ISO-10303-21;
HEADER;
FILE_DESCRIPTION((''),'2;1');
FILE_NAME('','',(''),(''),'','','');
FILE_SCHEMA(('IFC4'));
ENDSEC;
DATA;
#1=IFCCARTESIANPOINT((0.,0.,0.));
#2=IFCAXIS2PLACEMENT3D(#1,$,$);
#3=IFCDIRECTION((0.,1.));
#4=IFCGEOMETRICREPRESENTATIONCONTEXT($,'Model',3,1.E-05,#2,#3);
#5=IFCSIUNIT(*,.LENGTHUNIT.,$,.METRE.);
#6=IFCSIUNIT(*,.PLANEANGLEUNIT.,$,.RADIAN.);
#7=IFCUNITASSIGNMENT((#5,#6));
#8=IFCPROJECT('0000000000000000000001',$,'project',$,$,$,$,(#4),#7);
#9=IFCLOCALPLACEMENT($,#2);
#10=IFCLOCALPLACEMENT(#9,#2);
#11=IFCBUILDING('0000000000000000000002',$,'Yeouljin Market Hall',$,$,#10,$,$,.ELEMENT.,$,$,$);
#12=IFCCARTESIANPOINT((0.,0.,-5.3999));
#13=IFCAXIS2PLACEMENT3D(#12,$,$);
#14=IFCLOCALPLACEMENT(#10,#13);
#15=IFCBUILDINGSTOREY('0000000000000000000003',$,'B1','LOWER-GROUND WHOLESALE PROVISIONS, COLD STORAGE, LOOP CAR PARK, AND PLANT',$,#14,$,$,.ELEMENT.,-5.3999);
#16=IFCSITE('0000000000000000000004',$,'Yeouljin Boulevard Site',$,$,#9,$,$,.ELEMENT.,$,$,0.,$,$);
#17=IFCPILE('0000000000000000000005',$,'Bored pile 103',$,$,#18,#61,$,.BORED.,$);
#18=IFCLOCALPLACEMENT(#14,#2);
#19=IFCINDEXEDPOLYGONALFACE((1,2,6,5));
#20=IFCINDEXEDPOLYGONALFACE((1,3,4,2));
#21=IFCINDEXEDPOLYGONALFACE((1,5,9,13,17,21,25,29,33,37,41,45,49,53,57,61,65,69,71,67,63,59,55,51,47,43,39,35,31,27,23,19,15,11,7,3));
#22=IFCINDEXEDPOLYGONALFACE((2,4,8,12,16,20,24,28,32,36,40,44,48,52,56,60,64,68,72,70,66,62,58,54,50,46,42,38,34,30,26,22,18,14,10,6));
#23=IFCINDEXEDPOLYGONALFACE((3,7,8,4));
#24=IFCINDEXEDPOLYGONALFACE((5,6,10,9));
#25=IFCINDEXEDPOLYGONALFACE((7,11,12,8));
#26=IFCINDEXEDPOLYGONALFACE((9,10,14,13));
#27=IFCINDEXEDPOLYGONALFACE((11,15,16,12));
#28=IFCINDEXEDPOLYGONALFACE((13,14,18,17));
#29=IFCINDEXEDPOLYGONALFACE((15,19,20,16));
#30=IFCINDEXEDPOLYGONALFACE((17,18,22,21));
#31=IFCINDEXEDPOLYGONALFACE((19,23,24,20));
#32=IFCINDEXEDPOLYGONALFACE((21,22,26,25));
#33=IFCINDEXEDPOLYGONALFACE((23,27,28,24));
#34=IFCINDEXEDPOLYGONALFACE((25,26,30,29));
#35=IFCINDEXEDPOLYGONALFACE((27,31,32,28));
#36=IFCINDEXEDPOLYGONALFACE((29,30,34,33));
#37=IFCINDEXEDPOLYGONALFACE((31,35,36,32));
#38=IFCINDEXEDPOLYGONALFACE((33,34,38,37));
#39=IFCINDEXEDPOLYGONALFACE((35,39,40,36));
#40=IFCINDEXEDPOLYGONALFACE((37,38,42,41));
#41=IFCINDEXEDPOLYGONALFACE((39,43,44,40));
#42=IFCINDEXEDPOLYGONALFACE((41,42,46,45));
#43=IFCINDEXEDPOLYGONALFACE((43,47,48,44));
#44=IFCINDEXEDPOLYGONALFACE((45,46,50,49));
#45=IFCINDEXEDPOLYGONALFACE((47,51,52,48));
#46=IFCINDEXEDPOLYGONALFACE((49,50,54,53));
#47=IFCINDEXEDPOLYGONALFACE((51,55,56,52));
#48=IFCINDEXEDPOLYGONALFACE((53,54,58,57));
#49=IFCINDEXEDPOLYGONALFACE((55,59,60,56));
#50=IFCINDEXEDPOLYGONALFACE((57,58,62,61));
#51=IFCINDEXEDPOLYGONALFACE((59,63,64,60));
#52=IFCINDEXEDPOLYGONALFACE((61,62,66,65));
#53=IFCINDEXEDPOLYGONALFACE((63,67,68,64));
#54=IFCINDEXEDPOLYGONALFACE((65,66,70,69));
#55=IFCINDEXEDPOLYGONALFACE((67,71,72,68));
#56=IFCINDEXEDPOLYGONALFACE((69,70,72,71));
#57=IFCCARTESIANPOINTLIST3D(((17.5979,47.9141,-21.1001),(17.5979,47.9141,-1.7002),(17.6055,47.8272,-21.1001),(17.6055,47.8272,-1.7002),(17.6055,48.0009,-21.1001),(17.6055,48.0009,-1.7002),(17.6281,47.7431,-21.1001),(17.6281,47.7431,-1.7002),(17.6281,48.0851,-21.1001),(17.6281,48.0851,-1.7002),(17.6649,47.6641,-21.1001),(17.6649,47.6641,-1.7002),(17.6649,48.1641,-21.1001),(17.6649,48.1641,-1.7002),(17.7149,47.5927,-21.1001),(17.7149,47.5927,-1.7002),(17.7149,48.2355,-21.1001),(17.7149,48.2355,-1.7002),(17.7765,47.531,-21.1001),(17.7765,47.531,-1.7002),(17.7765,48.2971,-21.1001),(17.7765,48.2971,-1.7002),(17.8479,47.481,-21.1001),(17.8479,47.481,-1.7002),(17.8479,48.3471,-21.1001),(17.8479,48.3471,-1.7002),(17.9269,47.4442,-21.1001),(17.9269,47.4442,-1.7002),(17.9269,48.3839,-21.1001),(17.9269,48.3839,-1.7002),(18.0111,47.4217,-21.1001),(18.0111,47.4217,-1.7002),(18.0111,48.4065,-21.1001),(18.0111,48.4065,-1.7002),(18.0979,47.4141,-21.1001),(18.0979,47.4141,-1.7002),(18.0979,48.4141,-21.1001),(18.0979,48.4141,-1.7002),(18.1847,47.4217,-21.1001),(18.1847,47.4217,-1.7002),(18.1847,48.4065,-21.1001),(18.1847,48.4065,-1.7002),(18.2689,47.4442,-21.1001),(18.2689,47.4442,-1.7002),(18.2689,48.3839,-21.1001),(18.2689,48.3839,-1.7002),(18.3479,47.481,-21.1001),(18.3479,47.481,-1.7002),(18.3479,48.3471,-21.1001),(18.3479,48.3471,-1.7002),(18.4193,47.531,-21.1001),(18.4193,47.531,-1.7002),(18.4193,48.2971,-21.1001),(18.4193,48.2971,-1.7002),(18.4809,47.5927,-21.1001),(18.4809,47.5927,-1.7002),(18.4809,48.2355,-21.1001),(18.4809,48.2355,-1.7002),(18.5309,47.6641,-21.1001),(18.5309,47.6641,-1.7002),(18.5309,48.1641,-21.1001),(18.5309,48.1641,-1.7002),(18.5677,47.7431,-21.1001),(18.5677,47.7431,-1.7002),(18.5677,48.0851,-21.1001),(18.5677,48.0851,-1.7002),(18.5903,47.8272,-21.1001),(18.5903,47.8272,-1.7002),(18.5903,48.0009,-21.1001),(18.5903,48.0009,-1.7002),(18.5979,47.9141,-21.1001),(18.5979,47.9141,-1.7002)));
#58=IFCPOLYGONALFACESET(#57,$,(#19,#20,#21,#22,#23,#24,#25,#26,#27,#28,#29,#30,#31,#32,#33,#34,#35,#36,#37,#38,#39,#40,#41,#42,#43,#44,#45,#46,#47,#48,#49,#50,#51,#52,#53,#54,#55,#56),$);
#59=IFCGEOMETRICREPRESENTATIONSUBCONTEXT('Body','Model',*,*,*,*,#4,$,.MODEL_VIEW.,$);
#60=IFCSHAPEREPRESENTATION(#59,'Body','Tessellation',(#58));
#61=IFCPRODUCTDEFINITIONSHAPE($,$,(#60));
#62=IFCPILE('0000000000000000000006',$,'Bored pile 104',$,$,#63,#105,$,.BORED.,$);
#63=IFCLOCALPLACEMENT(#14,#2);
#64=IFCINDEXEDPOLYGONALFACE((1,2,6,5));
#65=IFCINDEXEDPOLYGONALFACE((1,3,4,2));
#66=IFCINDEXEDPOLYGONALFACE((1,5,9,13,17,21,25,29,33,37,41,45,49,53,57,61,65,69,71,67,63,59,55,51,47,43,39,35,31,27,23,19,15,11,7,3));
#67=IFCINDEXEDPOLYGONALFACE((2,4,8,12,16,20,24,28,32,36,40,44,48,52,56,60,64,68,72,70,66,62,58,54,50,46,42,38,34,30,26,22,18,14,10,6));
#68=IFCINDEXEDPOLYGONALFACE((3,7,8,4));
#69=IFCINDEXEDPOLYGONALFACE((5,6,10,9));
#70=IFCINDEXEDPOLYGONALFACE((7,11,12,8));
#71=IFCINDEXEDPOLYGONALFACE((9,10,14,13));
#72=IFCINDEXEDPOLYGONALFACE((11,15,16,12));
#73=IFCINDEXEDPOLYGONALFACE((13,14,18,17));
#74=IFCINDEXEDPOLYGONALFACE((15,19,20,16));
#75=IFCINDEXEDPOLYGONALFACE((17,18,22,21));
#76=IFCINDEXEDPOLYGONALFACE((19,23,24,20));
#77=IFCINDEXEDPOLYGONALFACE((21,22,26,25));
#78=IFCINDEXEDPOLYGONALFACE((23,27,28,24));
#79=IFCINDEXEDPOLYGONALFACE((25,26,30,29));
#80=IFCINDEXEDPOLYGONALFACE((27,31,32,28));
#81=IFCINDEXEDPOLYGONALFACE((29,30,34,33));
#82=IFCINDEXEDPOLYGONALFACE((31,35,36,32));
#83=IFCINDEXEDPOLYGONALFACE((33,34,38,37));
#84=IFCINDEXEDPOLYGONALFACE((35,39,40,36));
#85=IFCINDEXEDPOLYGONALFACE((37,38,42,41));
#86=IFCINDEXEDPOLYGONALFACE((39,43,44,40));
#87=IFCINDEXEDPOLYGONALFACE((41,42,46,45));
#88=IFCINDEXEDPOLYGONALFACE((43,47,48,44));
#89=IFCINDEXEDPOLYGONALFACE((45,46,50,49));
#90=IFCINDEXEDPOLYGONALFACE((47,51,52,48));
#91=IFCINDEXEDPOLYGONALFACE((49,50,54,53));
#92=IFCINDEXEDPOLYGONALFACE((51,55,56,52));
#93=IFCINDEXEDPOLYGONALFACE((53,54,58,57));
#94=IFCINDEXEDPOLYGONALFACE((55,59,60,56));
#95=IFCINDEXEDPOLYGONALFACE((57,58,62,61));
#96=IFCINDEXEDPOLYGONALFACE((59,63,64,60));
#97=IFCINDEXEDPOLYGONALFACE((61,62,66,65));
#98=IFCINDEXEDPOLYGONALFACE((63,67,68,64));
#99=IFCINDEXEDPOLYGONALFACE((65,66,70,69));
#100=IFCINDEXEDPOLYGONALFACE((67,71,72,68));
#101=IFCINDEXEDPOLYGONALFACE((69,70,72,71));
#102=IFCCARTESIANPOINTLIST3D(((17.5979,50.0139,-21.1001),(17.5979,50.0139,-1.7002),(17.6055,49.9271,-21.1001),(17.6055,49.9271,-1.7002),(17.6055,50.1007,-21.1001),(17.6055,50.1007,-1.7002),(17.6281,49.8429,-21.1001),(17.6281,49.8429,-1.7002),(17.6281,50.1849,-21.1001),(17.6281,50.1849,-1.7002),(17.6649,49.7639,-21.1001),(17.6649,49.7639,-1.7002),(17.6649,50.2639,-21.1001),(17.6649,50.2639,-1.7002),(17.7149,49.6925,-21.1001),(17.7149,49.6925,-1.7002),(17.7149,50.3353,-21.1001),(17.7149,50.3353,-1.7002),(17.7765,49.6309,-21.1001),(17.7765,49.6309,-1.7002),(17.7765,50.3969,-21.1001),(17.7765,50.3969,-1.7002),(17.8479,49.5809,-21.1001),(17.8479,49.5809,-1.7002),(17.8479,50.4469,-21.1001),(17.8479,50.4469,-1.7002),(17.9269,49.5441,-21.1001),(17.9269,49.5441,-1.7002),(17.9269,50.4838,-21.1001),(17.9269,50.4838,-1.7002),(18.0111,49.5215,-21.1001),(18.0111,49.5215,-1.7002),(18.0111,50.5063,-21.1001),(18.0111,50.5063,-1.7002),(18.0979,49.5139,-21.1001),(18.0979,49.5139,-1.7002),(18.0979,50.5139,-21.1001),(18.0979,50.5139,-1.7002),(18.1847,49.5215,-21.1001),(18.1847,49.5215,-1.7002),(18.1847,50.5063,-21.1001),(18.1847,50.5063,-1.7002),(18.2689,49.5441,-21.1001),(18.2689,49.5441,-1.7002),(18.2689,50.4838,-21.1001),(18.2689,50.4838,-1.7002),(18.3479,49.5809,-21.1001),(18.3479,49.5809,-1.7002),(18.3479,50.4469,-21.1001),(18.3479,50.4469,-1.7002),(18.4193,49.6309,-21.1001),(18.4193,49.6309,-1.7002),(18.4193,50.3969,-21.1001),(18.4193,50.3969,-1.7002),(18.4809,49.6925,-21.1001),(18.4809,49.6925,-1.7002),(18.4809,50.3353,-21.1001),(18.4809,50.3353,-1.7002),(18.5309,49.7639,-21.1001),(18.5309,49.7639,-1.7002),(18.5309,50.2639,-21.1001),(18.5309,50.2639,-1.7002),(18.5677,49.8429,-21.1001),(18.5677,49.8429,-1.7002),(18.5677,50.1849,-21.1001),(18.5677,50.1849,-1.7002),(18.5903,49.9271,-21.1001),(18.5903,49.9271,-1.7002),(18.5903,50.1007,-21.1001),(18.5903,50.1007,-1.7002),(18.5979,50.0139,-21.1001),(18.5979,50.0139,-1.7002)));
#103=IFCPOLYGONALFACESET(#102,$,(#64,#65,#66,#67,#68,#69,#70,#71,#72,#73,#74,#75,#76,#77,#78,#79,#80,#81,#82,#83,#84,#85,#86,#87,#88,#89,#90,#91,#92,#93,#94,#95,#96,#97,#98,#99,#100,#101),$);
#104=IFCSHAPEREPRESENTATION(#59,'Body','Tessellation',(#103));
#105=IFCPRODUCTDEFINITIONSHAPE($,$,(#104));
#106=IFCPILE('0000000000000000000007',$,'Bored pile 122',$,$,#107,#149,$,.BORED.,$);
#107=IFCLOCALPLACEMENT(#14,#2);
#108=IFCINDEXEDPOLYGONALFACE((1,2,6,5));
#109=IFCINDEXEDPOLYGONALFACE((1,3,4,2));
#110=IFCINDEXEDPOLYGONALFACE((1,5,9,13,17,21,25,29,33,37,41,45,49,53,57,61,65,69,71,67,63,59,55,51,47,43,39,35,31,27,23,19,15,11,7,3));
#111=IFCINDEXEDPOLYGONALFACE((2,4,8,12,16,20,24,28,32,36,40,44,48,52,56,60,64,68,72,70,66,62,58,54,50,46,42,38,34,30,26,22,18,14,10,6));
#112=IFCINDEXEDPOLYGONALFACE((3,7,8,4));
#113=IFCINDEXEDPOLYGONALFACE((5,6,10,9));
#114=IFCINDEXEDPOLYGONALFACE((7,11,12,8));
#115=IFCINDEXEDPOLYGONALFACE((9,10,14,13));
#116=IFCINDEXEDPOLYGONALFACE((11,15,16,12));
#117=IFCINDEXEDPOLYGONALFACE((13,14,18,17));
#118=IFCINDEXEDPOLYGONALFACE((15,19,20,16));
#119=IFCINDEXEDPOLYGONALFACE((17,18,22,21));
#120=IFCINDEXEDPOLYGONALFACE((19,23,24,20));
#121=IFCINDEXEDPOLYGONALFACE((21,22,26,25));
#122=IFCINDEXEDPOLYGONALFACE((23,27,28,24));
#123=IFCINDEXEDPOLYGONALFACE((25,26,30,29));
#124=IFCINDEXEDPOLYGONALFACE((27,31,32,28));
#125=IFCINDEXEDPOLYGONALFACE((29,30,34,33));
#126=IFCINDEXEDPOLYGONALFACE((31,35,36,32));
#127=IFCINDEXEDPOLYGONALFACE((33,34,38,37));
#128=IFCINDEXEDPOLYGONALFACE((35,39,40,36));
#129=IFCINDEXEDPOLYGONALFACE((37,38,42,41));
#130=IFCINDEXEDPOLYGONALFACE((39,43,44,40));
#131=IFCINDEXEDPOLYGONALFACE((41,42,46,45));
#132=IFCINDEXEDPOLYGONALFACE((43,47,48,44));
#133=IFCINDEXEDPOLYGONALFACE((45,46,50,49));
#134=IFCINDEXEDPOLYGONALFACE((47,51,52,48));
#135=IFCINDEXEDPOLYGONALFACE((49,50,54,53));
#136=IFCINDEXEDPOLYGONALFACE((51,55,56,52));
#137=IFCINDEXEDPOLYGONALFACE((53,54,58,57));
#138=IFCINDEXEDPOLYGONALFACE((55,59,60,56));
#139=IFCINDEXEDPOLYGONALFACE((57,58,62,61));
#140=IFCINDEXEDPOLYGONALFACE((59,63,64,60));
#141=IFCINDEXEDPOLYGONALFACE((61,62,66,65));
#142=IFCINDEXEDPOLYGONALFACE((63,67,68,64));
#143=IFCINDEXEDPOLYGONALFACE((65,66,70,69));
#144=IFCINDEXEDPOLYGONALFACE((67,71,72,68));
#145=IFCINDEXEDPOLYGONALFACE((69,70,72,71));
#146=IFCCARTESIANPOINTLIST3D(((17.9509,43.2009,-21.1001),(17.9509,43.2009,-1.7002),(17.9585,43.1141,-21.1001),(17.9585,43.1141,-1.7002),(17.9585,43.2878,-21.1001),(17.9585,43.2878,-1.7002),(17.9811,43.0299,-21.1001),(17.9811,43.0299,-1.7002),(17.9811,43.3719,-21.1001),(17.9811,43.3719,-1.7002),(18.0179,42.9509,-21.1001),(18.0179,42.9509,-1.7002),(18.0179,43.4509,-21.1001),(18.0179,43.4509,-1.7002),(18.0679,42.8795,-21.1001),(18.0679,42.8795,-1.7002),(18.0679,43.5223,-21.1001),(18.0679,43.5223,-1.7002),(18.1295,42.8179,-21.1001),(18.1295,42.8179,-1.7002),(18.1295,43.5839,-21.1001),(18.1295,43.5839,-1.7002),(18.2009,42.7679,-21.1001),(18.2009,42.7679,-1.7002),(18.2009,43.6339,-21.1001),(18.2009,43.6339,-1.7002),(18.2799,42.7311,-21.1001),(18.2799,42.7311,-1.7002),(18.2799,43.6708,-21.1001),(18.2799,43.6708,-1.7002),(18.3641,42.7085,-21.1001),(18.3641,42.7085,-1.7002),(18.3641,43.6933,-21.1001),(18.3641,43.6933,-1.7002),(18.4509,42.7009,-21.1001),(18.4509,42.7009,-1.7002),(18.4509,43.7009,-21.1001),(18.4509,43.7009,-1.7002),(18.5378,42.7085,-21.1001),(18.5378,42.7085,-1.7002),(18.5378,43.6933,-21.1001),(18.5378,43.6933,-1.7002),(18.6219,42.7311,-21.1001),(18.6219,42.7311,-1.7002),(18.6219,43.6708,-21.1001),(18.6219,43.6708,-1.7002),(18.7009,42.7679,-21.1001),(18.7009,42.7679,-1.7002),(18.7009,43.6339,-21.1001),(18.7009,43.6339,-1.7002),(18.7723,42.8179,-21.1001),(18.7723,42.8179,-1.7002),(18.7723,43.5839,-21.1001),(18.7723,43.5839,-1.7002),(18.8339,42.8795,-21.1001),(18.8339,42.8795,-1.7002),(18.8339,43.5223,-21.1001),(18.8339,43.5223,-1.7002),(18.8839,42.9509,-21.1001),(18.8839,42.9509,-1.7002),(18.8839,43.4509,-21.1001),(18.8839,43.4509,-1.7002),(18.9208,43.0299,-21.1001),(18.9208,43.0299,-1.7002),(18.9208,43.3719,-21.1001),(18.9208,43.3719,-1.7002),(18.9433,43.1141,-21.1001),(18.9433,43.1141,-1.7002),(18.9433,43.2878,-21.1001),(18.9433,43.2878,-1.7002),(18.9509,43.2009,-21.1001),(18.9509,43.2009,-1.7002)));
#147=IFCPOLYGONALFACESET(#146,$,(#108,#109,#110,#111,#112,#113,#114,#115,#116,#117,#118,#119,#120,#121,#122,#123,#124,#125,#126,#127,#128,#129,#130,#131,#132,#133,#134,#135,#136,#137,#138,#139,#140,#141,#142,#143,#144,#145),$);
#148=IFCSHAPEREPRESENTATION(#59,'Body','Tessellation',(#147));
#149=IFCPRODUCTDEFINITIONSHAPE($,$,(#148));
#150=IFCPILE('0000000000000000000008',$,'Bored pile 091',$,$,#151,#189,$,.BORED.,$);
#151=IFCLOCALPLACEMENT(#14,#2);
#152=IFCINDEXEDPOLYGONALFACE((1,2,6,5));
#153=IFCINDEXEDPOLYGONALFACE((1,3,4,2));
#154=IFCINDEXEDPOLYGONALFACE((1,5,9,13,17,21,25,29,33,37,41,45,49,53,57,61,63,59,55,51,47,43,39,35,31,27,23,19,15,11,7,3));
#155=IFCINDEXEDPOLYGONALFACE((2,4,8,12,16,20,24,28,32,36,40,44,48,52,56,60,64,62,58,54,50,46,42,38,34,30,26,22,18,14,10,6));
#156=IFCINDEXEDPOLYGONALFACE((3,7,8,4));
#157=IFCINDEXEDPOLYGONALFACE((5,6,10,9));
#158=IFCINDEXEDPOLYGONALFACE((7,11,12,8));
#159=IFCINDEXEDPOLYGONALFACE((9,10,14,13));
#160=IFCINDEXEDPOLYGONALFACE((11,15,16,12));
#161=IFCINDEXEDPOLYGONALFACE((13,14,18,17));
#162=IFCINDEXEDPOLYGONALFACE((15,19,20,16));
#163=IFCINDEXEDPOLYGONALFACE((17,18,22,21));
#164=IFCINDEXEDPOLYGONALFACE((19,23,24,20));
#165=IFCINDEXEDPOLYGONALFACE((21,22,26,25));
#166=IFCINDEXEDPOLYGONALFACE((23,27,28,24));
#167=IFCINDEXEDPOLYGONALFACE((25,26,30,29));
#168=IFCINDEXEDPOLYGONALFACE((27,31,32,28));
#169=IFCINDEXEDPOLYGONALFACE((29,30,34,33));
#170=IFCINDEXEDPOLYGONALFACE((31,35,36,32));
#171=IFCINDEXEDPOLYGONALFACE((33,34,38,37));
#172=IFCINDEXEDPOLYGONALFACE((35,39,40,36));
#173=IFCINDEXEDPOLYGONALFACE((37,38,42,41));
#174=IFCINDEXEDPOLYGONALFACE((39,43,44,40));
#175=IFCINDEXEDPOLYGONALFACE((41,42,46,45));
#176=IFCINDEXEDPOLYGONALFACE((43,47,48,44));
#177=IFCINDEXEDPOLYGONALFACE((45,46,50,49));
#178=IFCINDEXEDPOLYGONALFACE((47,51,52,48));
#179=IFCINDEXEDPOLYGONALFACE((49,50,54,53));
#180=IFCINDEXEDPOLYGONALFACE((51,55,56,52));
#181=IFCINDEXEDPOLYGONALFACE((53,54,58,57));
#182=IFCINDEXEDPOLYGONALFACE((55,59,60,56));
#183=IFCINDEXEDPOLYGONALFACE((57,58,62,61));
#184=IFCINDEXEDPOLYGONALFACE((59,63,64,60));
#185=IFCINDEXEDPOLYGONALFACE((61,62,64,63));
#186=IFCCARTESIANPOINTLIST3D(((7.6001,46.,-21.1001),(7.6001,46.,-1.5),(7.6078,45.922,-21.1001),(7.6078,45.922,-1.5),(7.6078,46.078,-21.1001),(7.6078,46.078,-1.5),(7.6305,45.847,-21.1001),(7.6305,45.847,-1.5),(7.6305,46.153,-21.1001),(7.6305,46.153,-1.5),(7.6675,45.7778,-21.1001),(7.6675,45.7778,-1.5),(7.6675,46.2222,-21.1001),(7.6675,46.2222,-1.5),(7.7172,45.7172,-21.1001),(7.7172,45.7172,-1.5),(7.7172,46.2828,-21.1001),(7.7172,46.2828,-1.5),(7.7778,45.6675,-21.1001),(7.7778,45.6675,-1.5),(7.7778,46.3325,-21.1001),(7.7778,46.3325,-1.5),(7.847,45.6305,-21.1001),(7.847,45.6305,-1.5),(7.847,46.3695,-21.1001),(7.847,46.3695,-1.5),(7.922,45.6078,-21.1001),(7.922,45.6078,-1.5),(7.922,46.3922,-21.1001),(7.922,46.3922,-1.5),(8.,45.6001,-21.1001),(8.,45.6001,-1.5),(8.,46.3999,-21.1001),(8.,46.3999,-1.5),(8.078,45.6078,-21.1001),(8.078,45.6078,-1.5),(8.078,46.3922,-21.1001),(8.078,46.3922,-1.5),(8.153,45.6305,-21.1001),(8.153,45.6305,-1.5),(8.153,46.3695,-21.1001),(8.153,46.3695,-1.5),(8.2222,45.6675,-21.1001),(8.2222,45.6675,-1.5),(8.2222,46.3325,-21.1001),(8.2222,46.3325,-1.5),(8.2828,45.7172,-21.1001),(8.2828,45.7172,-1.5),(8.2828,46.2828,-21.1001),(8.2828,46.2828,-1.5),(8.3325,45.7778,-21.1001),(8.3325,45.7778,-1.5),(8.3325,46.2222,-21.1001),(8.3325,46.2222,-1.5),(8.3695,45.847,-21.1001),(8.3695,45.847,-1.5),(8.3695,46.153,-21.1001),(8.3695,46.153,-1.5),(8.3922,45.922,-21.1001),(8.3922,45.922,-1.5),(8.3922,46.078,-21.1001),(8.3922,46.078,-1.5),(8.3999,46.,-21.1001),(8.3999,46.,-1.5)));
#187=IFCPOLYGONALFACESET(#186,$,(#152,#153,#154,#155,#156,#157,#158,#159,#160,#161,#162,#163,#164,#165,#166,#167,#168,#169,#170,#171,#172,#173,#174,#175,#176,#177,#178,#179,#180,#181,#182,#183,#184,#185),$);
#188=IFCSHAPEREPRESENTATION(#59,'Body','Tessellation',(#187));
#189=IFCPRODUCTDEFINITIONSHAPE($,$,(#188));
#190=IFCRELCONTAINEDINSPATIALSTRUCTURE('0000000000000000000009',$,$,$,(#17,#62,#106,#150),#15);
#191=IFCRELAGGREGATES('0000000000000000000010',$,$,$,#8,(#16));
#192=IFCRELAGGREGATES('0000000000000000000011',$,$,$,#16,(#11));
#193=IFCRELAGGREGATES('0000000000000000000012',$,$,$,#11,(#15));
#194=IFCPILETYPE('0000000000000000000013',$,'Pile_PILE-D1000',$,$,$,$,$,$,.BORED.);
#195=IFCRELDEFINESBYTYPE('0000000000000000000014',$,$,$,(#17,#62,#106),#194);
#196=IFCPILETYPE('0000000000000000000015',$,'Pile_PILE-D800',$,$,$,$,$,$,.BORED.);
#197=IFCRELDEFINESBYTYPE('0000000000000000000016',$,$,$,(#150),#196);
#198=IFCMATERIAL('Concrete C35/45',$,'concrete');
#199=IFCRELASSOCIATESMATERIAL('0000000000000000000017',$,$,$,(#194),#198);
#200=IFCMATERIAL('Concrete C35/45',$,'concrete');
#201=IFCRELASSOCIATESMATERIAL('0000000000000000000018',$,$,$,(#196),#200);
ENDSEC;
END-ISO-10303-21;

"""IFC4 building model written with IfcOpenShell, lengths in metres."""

from ifc_helpers import new_model, si_unit, direction, frame, origin, origin_2d, place, context, subcontext, project, spatial, circle, extrude, material, material_profile, profile_set, type_object, element, save


model = new_model("IFC4")

# Units and contexts
model_context = context("Model", 3, precision=1e-05, world=origin(), true_north=direction((0.0, 1.0)))
body_context = subcontext(model_context, "Body", "Model", "MODEL_VIEW")
ifc_project = project(units=[si_unit("LENGTHUNIT", "METRE"), si_unit("PLANEANGLEUNIT", "RADIAN")], contexts=[model_context])

# Site, building, storey
site_placement = place(None, origin())
site = spatial("IfcSite", under=ifc_project, at=site_placement, Name="Yeouljin Boulevard Site", CompositionType="ELEMENT", RefElevation=0.0)
building_placement = place(site_placement, origin())
building = spatial("IfcBuilding", under=site, at=building_placement, Name="Yeouljin Market Hall", CompositionType="ELEMENT")
storey_placement = place(building_placement, frame((0.0, 0.0, -5.3999)))
storey = spatial("IfcBuildingStorey", under=building, at=storey_placement, Name="B1", Description="LOWER-GROUND WHOLESALE PROVISIONS, COLD STORAGE, LOOP CAR PARK, AND PLANT", CompositionType="ELEMENT", Elevation=-5.3999)

# Piles
ifc_material_1 = material(Name="Concrete C35/45", Category="concrete")
ifc_material_profile_1 = material_profile(ifc_material_1, circle(Radius=0.5, at=origin_2d()), Name="PILE-D1000")
ifc_profile_set_1 = profile_set([ifc_material_profile_1], Name="Concrete C35/45")
pile_type_1 = type_object("IfcPileType", Name="Pile_PILE-D1000", PredefinedType="BORED", material=ifc_profile_set_1)
for number, where, z_axis, x_axis, name in (
    (1, (18.0979, 47.9141, -1.7002), (0.0, 0.0, -1.0), (1.0, 0.0, 0.0), "Bored pile 103"),
    (2, (18.0979, 50.0139, -1.7002), (0.0, 0.0, -1.0), (1.0, 0.0, 0.0), "Bored pile 104"),
    (3, (18.4509, 43.2009, -1.7002), (0.0, 0.0, -1.0), (1.0, 0.0, 0.0), "Bored pile 122"),
):
    element("IfcPile", number, at=place(storey_placement, frame(where, z_axis=z_axis, x_axis=x_axis)), inside=storey, type_object=pile_type_1, Name=name, PredefinedType="BORED", context=body_context, shape_type="SweptSolid", body=[
        extrude(circle(Radius=0.5, at=origin_2d()), origin(), (0.0, 0.0, 1.0), 19.3999),
    ])
ifc_material_2 = material(Name="Concrete C35/45", Category="concrete")
ifc_material_profile_2 = material_profile(ifc_material_2, circle(Radius=0.3999, at=origin_2d()), Name="PILE-D800")
ifc_profile_set_2 = profile_set([ifc_material_profile_2], Name="Concrete C35/45")
pile_type_2 = type_object("IfcPileType", Name="Pile_PILE-D800", PredefinedType="BORED", material=ifc_profile_set_2)
for number, where, z_axis, x_axis, name in (
    (4, (8.0, 46.0, -1.5), (0.0, 0.0, -1.0), (1.0, 0.0, 0.0), "Bored pile 091"),
):
    element("IfcPile", number, at=place(storey_placement, frame(where, z_axis=z_axis, x_axis=x_axis)), inside=storey, type_object=pile_type_2, Name=name, PredefinedType="BORED", context=body_context, shape_type="SweptSolid", body=[
        extrude(circle(Radius=0.3999, at=origin_2d()), origin(), (0.0, 0.0, 1.0), 19.6001),
    ])

save(model, "model.ifc")
